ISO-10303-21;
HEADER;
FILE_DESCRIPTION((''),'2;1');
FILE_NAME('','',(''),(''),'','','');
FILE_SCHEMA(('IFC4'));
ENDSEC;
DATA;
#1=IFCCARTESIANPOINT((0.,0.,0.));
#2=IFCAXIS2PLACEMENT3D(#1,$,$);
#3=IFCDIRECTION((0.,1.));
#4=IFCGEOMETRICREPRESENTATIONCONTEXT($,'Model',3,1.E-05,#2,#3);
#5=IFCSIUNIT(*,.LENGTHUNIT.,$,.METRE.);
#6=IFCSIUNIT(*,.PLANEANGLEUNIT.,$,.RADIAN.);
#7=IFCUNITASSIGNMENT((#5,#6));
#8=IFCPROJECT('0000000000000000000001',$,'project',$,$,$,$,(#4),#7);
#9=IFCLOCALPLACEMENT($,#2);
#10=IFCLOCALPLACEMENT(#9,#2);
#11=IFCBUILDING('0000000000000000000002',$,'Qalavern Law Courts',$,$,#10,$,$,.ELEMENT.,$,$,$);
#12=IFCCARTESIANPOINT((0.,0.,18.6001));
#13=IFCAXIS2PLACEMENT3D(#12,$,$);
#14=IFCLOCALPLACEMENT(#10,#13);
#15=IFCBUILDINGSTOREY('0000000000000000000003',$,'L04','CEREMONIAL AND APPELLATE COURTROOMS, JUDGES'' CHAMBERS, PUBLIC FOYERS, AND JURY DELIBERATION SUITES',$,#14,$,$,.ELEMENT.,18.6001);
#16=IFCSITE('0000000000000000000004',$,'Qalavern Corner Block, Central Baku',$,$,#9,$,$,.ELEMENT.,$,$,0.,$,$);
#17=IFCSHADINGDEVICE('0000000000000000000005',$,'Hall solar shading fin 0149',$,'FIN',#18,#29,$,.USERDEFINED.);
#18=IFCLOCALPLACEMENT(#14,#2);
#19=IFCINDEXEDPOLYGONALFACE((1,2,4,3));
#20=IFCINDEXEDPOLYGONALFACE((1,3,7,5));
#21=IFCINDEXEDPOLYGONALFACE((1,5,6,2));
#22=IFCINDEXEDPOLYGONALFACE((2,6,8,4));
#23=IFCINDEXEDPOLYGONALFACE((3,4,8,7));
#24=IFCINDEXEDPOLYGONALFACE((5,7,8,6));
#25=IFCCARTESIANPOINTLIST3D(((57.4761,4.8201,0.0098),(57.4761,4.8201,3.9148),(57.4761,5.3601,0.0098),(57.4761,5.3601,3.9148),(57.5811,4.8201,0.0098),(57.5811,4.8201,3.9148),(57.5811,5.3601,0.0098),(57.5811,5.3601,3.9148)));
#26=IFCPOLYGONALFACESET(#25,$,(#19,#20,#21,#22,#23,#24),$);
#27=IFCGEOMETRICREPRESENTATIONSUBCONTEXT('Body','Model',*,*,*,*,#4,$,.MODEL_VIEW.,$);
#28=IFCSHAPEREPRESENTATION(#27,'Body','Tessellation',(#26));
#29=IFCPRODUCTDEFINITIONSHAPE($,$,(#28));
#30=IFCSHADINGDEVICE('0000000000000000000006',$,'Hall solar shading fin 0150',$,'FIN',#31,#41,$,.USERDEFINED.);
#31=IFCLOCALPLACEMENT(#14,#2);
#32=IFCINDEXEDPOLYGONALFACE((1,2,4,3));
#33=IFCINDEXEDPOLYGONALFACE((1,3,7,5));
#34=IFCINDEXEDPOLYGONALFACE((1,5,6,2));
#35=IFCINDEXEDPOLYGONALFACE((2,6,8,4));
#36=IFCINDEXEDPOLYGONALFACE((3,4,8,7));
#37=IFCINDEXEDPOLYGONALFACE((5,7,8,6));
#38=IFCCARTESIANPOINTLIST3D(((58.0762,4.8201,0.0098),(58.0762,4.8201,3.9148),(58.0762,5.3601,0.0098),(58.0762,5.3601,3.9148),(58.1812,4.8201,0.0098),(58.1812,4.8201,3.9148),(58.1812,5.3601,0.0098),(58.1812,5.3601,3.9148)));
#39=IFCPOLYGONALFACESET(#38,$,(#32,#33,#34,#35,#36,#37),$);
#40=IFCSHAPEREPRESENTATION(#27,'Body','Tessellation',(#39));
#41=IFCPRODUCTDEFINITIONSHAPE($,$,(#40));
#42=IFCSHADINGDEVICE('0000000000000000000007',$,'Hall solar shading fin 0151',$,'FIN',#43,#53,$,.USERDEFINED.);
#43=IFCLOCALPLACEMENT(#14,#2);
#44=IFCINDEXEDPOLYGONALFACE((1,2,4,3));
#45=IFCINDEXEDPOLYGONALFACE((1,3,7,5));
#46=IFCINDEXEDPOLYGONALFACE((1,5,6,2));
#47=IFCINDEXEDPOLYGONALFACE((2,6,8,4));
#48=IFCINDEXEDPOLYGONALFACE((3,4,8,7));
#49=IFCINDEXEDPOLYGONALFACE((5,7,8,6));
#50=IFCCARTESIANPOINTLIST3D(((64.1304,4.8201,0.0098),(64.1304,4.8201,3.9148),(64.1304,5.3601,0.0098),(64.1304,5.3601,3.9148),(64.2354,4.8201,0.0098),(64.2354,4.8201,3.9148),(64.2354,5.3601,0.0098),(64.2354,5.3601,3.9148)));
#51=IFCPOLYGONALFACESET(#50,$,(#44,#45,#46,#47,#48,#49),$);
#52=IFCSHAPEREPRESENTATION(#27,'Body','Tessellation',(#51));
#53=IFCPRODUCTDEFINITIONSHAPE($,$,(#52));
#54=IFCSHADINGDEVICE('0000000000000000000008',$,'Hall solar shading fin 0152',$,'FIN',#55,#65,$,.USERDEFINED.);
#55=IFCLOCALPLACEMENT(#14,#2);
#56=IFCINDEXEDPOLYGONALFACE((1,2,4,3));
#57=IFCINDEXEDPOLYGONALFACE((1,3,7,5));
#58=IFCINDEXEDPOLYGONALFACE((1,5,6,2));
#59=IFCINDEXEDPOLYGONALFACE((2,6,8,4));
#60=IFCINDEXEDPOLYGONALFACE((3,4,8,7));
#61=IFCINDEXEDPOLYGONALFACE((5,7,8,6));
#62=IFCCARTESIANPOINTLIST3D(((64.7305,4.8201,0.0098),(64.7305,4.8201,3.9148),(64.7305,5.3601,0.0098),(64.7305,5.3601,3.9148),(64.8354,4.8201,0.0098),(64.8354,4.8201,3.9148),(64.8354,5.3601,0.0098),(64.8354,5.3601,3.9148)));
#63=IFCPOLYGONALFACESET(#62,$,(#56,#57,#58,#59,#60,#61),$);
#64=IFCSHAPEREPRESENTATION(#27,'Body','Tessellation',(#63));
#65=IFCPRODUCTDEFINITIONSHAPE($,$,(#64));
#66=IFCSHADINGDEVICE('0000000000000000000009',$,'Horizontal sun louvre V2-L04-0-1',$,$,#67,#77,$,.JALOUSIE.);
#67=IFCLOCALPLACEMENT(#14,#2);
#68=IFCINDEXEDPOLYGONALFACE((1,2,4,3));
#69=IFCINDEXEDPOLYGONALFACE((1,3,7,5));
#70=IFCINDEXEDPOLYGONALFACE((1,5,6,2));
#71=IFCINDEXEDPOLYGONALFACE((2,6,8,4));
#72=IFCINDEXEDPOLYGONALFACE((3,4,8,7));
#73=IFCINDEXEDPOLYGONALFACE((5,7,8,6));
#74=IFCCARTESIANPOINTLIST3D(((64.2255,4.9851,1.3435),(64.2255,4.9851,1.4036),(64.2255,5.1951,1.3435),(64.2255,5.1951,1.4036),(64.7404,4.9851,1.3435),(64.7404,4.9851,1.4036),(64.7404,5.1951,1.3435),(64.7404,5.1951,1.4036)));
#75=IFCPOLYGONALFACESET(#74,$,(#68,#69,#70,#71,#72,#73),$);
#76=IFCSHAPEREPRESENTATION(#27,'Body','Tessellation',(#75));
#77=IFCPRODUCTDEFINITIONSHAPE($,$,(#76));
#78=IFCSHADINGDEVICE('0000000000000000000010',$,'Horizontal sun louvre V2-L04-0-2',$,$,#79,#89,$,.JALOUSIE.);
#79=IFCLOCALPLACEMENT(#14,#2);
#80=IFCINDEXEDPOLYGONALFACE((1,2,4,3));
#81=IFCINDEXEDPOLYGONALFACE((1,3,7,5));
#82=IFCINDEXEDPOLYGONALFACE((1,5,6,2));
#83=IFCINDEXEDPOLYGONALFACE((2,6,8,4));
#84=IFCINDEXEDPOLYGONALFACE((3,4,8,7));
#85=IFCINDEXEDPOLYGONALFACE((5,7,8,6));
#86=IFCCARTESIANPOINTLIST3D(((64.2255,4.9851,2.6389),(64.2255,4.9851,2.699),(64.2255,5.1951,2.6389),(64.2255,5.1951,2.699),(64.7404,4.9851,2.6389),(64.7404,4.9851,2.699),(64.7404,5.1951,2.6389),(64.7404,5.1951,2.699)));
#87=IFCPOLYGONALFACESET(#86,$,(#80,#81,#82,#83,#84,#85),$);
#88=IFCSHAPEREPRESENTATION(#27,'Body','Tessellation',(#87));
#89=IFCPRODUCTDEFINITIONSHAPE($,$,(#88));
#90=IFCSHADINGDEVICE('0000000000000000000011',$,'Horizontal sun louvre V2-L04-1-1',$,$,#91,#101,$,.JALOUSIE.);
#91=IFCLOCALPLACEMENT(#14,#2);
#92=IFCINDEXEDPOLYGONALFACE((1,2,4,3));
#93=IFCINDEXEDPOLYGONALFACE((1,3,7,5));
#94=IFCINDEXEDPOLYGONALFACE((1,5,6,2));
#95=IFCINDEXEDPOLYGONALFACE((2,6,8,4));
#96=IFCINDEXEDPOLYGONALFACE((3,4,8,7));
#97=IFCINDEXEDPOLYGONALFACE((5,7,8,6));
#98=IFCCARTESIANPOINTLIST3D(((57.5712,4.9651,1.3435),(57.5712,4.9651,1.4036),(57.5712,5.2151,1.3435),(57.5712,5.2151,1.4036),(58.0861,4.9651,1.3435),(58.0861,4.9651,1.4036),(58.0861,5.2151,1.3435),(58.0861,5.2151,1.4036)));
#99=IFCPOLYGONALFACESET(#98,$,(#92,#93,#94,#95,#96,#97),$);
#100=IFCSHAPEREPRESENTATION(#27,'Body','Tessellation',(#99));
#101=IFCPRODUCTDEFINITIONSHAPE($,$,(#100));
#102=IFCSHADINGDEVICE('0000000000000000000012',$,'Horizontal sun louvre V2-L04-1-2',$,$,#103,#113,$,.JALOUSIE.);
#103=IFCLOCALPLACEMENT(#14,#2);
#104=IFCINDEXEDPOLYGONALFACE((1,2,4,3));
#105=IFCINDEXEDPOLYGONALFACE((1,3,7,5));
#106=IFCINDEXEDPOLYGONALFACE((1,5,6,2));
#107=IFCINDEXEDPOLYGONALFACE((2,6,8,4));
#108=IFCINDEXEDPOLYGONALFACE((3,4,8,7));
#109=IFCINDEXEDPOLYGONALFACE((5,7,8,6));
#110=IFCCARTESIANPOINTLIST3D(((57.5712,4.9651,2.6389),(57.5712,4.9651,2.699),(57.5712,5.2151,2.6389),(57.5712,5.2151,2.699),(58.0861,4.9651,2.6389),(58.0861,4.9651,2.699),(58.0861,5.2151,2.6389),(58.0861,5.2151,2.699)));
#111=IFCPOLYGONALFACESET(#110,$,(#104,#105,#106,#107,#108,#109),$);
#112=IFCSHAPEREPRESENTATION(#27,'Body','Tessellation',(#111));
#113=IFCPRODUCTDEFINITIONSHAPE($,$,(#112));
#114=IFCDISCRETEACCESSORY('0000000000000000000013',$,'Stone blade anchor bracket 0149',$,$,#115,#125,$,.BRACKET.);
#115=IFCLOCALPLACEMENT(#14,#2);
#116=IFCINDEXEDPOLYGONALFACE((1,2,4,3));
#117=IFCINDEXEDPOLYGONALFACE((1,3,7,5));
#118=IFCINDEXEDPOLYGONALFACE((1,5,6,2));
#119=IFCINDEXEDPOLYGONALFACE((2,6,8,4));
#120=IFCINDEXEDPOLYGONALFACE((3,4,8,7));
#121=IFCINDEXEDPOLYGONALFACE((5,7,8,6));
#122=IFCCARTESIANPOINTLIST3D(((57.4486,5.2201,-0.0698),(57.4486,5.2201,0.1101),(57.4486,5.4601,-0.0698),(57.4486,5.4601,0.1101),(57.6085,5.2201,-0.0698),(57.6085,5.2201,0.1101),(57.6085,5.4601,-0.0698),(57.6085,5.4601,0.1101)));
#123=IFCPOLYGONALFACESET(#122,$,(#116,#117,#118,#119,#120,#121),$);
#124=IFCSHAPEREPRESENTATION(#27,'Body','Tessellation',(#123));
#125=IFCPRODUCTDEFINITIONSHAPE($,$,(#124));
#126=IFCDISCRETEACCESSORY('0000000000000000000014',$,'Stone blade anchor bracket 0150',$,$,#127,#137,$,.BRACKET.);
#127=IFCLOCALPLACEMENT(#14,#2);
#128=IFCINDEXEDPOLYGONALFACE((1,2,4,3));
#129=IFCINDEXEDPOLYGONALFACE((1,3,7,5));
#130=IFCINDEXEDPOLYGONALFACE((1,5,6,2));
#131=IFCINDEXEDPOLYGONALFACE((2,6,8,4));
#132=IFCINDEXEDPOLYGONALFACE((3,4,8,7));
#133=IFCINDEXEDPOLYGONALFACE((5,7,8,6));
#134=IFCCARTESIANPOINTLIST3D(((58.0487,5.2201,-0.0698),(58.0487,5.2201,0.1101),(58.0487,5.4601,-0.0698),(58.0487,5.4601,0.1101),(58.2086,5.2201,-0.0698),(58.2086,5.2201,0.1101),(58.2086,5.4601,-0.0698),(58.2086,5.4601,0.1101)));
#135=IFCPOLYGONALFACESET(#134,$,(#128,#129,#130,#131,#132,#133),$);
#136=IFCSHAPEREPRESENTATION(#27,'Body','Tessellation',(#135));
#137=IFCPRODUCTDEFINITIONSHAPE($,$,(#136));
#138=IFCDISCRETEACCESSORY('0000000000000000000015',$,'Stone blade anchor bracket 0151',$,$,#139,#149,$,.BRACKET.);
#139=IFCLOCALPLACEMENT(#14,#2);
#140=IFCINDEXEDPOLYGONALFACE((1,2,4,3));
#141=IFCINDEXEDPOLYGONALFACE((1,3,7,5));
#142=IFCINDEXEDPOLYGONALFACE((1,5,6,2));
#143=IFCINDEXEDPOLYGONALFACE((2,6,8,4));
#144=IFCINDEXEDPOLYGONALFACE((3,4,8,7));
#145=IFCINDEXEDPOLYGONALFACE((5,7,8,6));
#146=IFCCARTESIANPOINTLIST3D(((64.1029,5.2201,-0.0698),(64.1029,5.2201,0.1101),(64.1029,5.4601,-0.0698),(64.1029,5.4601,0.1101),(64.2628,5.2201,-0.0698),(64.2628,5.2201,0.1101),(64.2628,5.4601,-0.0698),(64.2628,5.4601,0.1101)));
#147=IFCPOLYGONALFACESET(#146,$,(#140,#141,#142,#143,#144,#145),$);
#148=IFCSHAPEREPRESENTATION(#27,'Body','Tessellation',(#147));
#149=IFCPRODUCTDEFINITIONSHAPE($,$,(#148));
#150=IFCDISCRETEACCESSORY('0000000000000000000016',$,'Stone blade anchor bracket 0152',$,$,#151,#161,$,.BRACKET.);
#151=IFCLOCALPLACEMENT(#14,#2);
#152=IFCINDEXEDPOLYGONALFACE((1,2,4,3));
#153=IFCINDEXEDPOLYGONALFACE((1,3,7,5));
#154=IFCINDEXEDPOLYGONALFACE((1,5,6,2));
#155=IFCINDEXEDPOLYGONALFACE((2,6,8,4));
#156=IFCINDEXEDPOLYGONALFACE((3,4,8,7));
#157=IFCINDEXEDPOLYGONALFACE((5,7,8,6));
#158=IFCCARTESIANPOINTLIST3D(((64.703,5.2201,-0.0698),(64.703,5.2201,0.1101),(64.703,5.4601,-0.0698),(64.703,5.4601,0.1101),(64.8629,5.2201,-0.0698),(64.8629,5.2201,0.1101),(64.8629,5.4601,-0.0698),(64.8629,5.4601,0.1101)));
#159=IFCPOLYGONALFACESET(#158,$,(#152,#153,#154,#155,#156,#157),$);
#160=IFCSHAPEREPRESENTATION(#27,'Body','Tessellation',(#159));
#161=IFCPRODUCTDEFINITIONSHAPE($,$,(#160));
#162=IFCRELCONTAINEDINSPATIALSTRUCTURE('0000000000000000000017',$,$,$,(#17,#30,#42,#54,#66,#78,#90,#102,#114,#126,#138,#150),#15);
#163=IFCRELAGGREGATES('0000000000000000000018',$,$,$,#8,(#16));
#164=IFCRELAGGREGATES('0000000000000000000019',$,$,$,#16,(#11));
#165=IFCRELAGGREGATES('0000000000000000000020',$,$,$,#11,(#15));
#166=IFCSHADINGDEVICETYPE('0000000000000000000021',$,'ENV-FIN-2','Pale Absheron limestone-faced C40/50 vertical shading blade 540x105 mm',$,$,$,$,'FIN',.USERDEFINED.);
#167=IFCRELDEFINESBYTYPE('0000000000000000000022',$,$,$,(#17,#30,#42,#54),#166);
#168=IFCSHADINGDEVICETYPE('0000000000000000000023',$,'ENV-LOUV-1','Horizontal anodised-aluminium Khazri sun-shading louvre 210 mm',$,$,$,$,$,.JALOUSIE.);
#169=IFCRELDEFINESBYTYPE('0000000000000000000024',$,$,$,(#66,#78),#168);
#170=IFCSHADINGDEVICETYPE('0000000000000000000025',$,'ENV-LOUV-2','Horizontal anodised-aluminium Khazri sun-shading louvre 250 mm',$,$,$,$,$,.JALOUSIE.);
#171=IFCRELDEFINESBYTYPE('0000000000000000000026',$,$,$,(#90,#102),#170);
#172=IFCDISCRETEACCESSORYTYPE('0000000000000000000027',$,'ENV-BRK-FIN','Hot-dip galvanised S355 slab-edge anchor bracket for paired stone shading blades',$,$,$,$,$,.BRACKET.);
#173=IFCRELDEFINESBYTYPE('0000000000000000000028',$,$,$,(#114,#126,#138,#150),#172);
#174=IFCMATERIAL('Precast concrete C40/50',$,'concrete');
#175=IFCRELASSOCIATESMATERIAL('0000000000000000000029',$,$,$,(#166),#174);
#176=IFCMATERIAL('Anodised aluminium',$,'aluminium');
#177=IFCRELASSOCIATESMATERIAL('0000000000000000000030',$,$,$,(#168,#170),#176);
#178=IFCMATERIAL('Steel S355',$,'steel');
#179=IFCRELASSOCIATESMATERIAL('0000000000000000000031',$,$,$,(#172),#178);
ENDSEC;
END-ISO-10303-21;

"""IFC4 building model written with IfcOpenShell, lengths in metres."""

from ifc_helpers import new_model, si_unit, direction, frame, origin, origin_2d, place, context, subcontext, project, spatial, rectangle, extrude, material, type_object, element, save


model = new_model("IFC4")

# Units and contexts
model_context = context("Model", 3, precision=1e-05, world=origin(), true_north=direction((0.0, 1.0)))
body_context = subcontext(model_context, "Body", "Model", "MODEL_VIEW")
ifc_project = project(units=[si_unit("LENGTHUNIT", "METRE"), si_unit("PLANEANGLEUNIT", "RADIAN")], contexts=[model_context])

# Site, building, storey
site_placement = place(None, origin())
site = spatial("IfcSite", under=ifc_project, at=site_placement, Name="Qalavern Corner Block, Central Baku", CompositionType="ELEMENT", RefElevation=0.0)
building_placement = place(site_placement, origin())
building = spatial("IfcBuilding", under=site, at=building_placement, Name="Qalavern Law Courts", CompositionType="ELEMENT")
storey_placement = place(building_placement, frame((0.0, 0.0, 18.6001)))
storey = spatial("IfcBuildingStorey", under=building, at=storey_placement, Name="L04", Description="CEREMONIAL AND APPELLATE COURTROOMS, JUDGES' CHAMBERS, PUBLIC FOYERS, AND JURY DELIBERATION SUITES", CompositionType="ELEMENT", Elevation=18.6001)

# Shared definitions
ifc_material_1 = material(Name="Anodised aluminium", Category="aluminium")

# Shared definitions
ifc_material_2 = material(Name="Precast concrete C40/50", Category="concrete")

# Shading devices
shading_device_type_1 = type_object("IfcShadingDeviceType", Name="ENV-FIN-2", Description="Pale Absheron limestone-faced C40/50 vertical shading blade 540x105 mm", ElementType="FIN", PredefinedType="USERDEFINED", material=ifc_material_2)
for number, where, z_axis, x_axis, name in (
    (1, (57.5286, 5.0901, 0.0098), (0.0, 0.0, 1.0), (0.0, -1.0, 0.0), "Hall solar shading fin 0149"),
    (2, (58.1287, 5.0901, 0.0098), (0.0, 0.0, 1.0), (0.0, -1.0, 0.0), "Hall solar shading fin 0150"),
    (3, (64.1829, 5.0901, 0.0098), (0.0, 0.0, 1.0), (0.0, -1.0, 0.0), "Hall solar shading fin 0151"),
    (4, (64.783, 5.0901, 0.0098), (0.0, 0.0, 1.0), (0.0, -1.0, 0.0), "Hall solar shading fin 0152"),
):
    element("IfcShadingDevice", number, at=place(storey_placement, frame(where, z_axis=z_axis, x_axis=x_axis)), inside=storey, type_object=shading_device_type_1, Name=name, ObjectType="FIN", PredefinedType="USERDEFINED", context=body_context, shape_type="SweptSolid", body=[
        extrude(rectangle(XDim=0.54, YDim=0.105, at=origin_2d()), origin(), (0.0, 0.0, 1.0), 3.905),
    ])
shading_device_type_2 = type_object("IfcShadingDeviceType", Name="ENV-LOUV-1", Description="Horizontal anodised-aluminium Khazri sun-shading louvre 210 mm", PredefinedType="JALOUSIE", material=ifc_material_1)
for number, where, z_axis, x_axis, name in (
    (5, (64.4829, 5.0901, 1.3435), (0.0, 0.0, 1.0), (1.0, 0.0, 0.0), "Horizontal sun louvre V2-L04-0-1"),
    (6, (64.4829, 5.0901, 2.6389), (0.0, 0.0, 1.0), (1.0, 0.0, 0.0), "Horizontal sun louvre V2-L04-0-2"),
):
    element("IfcShadingDevice", number, at=place(storey_placement, frame(where, z_axis=z_axis, x_axis=x_axis)), inside=storey, type_object=shading_device_type_2, Name=name, PredefinedType="JALOUSIE", context=body_context, shape_type="SweptSolid", body=[
        extrude(rectangle(XDim=0.5149, YDim=0.21, at=origin_2d()), origin(), (0.0, 0.0, 1.0), 0.0601),
    ])
shading_device_type_3 = type_object("IfcShadingDeviceType", Name="ENV-LOUV-2", Description="Horizontal anodised-aluminium Khazri sun-shading louvre 250 mm", PredefinedType="JALOUSIE", material=ifc_material_1)
for number, where, z_axis, x_axis, name in (
    (7, (57.8286, 5.0901, 1.3435), (0.0, 0.0, 1.0), (1.0, 0.0, 0.0), "Horizontal sun louvre V2-L04-1-1"),
    (8, (57.8286, 5.0901, 2.6389), (0.0, 0.0, 1.0), (1.0, 0.0, 0.0), "Horizontal sun louvre V2-L04-1-2"),
):
    element("IfcShadingDevice", number, at=place(storey_placement, frame(where, z_axis=z_axis, x_axis=x_axis)), inside=storey, type_object=shading_device_type_3, Name=name, PredefinedType="JALOUSIE", context=body_context, shape_type="SweptSolid", body=[
        extrude(rectangle(XDim=0.5149, YDim=0.25, at=origin_2d()), origin(), (0.0, 0.0, 1.0), 0.0601),
    ])

# Discrete accessories
ifc_material_3 = material(Name="Steel S355", Category="steel")
discrete_accessory_type = type_object("IfcDiscreteAccessoryType", Name="ENV-BRK-FIN", Description="Hot-dip galvanised S355 slab-edge anchor bracket for paired stone shading blades", PredefinedType="BRACKET", material=ifc_material_3)
for number, where, z_axis, x_axis, name in (
    (9, (57.5286, 5.3401, -0.0698), (0.0, 0.0, 1.0), (0.0, -1.0, 0.0), "Stone blade anchor bracket 0149"),
    (10, (58.1287, 5.3401, -0.0698), (0.0, 0.0, 1.0), (0.0, -1.0, 0.0), "Stone blade anchor bracket 0150"),
    (11, (64.1829, 5.3401, -0.0698), (0.0, 0.0, 1.0), (0.0, -1.0, 0.0), "Stone blade anchor bracket 0151"),
    (12, (64.783, 5.3401, -0.0698), (0.0, 0.0, 1.0), (0.0, -1.0, 0.0), "Stone blade anchor bracket 0152"),
):
    element("IfcDiscreteAccessory", number, at=place(storey_placement, frame(where, z_axis=z_axis, x_axis=x_axis)), inside=storey, type_object=discrete_accessory_type, Name=name, PredefinedType="BRACKET", context=body_context, shape_type="SweptSolid", body=[
        extrude(rectangle(XDim=0.24, YDim=0.1599, at=origin_2d()), origin(), (0.0, 0.0, 1.0), 0.1799),
    ])

save(model, "model.ifc")
